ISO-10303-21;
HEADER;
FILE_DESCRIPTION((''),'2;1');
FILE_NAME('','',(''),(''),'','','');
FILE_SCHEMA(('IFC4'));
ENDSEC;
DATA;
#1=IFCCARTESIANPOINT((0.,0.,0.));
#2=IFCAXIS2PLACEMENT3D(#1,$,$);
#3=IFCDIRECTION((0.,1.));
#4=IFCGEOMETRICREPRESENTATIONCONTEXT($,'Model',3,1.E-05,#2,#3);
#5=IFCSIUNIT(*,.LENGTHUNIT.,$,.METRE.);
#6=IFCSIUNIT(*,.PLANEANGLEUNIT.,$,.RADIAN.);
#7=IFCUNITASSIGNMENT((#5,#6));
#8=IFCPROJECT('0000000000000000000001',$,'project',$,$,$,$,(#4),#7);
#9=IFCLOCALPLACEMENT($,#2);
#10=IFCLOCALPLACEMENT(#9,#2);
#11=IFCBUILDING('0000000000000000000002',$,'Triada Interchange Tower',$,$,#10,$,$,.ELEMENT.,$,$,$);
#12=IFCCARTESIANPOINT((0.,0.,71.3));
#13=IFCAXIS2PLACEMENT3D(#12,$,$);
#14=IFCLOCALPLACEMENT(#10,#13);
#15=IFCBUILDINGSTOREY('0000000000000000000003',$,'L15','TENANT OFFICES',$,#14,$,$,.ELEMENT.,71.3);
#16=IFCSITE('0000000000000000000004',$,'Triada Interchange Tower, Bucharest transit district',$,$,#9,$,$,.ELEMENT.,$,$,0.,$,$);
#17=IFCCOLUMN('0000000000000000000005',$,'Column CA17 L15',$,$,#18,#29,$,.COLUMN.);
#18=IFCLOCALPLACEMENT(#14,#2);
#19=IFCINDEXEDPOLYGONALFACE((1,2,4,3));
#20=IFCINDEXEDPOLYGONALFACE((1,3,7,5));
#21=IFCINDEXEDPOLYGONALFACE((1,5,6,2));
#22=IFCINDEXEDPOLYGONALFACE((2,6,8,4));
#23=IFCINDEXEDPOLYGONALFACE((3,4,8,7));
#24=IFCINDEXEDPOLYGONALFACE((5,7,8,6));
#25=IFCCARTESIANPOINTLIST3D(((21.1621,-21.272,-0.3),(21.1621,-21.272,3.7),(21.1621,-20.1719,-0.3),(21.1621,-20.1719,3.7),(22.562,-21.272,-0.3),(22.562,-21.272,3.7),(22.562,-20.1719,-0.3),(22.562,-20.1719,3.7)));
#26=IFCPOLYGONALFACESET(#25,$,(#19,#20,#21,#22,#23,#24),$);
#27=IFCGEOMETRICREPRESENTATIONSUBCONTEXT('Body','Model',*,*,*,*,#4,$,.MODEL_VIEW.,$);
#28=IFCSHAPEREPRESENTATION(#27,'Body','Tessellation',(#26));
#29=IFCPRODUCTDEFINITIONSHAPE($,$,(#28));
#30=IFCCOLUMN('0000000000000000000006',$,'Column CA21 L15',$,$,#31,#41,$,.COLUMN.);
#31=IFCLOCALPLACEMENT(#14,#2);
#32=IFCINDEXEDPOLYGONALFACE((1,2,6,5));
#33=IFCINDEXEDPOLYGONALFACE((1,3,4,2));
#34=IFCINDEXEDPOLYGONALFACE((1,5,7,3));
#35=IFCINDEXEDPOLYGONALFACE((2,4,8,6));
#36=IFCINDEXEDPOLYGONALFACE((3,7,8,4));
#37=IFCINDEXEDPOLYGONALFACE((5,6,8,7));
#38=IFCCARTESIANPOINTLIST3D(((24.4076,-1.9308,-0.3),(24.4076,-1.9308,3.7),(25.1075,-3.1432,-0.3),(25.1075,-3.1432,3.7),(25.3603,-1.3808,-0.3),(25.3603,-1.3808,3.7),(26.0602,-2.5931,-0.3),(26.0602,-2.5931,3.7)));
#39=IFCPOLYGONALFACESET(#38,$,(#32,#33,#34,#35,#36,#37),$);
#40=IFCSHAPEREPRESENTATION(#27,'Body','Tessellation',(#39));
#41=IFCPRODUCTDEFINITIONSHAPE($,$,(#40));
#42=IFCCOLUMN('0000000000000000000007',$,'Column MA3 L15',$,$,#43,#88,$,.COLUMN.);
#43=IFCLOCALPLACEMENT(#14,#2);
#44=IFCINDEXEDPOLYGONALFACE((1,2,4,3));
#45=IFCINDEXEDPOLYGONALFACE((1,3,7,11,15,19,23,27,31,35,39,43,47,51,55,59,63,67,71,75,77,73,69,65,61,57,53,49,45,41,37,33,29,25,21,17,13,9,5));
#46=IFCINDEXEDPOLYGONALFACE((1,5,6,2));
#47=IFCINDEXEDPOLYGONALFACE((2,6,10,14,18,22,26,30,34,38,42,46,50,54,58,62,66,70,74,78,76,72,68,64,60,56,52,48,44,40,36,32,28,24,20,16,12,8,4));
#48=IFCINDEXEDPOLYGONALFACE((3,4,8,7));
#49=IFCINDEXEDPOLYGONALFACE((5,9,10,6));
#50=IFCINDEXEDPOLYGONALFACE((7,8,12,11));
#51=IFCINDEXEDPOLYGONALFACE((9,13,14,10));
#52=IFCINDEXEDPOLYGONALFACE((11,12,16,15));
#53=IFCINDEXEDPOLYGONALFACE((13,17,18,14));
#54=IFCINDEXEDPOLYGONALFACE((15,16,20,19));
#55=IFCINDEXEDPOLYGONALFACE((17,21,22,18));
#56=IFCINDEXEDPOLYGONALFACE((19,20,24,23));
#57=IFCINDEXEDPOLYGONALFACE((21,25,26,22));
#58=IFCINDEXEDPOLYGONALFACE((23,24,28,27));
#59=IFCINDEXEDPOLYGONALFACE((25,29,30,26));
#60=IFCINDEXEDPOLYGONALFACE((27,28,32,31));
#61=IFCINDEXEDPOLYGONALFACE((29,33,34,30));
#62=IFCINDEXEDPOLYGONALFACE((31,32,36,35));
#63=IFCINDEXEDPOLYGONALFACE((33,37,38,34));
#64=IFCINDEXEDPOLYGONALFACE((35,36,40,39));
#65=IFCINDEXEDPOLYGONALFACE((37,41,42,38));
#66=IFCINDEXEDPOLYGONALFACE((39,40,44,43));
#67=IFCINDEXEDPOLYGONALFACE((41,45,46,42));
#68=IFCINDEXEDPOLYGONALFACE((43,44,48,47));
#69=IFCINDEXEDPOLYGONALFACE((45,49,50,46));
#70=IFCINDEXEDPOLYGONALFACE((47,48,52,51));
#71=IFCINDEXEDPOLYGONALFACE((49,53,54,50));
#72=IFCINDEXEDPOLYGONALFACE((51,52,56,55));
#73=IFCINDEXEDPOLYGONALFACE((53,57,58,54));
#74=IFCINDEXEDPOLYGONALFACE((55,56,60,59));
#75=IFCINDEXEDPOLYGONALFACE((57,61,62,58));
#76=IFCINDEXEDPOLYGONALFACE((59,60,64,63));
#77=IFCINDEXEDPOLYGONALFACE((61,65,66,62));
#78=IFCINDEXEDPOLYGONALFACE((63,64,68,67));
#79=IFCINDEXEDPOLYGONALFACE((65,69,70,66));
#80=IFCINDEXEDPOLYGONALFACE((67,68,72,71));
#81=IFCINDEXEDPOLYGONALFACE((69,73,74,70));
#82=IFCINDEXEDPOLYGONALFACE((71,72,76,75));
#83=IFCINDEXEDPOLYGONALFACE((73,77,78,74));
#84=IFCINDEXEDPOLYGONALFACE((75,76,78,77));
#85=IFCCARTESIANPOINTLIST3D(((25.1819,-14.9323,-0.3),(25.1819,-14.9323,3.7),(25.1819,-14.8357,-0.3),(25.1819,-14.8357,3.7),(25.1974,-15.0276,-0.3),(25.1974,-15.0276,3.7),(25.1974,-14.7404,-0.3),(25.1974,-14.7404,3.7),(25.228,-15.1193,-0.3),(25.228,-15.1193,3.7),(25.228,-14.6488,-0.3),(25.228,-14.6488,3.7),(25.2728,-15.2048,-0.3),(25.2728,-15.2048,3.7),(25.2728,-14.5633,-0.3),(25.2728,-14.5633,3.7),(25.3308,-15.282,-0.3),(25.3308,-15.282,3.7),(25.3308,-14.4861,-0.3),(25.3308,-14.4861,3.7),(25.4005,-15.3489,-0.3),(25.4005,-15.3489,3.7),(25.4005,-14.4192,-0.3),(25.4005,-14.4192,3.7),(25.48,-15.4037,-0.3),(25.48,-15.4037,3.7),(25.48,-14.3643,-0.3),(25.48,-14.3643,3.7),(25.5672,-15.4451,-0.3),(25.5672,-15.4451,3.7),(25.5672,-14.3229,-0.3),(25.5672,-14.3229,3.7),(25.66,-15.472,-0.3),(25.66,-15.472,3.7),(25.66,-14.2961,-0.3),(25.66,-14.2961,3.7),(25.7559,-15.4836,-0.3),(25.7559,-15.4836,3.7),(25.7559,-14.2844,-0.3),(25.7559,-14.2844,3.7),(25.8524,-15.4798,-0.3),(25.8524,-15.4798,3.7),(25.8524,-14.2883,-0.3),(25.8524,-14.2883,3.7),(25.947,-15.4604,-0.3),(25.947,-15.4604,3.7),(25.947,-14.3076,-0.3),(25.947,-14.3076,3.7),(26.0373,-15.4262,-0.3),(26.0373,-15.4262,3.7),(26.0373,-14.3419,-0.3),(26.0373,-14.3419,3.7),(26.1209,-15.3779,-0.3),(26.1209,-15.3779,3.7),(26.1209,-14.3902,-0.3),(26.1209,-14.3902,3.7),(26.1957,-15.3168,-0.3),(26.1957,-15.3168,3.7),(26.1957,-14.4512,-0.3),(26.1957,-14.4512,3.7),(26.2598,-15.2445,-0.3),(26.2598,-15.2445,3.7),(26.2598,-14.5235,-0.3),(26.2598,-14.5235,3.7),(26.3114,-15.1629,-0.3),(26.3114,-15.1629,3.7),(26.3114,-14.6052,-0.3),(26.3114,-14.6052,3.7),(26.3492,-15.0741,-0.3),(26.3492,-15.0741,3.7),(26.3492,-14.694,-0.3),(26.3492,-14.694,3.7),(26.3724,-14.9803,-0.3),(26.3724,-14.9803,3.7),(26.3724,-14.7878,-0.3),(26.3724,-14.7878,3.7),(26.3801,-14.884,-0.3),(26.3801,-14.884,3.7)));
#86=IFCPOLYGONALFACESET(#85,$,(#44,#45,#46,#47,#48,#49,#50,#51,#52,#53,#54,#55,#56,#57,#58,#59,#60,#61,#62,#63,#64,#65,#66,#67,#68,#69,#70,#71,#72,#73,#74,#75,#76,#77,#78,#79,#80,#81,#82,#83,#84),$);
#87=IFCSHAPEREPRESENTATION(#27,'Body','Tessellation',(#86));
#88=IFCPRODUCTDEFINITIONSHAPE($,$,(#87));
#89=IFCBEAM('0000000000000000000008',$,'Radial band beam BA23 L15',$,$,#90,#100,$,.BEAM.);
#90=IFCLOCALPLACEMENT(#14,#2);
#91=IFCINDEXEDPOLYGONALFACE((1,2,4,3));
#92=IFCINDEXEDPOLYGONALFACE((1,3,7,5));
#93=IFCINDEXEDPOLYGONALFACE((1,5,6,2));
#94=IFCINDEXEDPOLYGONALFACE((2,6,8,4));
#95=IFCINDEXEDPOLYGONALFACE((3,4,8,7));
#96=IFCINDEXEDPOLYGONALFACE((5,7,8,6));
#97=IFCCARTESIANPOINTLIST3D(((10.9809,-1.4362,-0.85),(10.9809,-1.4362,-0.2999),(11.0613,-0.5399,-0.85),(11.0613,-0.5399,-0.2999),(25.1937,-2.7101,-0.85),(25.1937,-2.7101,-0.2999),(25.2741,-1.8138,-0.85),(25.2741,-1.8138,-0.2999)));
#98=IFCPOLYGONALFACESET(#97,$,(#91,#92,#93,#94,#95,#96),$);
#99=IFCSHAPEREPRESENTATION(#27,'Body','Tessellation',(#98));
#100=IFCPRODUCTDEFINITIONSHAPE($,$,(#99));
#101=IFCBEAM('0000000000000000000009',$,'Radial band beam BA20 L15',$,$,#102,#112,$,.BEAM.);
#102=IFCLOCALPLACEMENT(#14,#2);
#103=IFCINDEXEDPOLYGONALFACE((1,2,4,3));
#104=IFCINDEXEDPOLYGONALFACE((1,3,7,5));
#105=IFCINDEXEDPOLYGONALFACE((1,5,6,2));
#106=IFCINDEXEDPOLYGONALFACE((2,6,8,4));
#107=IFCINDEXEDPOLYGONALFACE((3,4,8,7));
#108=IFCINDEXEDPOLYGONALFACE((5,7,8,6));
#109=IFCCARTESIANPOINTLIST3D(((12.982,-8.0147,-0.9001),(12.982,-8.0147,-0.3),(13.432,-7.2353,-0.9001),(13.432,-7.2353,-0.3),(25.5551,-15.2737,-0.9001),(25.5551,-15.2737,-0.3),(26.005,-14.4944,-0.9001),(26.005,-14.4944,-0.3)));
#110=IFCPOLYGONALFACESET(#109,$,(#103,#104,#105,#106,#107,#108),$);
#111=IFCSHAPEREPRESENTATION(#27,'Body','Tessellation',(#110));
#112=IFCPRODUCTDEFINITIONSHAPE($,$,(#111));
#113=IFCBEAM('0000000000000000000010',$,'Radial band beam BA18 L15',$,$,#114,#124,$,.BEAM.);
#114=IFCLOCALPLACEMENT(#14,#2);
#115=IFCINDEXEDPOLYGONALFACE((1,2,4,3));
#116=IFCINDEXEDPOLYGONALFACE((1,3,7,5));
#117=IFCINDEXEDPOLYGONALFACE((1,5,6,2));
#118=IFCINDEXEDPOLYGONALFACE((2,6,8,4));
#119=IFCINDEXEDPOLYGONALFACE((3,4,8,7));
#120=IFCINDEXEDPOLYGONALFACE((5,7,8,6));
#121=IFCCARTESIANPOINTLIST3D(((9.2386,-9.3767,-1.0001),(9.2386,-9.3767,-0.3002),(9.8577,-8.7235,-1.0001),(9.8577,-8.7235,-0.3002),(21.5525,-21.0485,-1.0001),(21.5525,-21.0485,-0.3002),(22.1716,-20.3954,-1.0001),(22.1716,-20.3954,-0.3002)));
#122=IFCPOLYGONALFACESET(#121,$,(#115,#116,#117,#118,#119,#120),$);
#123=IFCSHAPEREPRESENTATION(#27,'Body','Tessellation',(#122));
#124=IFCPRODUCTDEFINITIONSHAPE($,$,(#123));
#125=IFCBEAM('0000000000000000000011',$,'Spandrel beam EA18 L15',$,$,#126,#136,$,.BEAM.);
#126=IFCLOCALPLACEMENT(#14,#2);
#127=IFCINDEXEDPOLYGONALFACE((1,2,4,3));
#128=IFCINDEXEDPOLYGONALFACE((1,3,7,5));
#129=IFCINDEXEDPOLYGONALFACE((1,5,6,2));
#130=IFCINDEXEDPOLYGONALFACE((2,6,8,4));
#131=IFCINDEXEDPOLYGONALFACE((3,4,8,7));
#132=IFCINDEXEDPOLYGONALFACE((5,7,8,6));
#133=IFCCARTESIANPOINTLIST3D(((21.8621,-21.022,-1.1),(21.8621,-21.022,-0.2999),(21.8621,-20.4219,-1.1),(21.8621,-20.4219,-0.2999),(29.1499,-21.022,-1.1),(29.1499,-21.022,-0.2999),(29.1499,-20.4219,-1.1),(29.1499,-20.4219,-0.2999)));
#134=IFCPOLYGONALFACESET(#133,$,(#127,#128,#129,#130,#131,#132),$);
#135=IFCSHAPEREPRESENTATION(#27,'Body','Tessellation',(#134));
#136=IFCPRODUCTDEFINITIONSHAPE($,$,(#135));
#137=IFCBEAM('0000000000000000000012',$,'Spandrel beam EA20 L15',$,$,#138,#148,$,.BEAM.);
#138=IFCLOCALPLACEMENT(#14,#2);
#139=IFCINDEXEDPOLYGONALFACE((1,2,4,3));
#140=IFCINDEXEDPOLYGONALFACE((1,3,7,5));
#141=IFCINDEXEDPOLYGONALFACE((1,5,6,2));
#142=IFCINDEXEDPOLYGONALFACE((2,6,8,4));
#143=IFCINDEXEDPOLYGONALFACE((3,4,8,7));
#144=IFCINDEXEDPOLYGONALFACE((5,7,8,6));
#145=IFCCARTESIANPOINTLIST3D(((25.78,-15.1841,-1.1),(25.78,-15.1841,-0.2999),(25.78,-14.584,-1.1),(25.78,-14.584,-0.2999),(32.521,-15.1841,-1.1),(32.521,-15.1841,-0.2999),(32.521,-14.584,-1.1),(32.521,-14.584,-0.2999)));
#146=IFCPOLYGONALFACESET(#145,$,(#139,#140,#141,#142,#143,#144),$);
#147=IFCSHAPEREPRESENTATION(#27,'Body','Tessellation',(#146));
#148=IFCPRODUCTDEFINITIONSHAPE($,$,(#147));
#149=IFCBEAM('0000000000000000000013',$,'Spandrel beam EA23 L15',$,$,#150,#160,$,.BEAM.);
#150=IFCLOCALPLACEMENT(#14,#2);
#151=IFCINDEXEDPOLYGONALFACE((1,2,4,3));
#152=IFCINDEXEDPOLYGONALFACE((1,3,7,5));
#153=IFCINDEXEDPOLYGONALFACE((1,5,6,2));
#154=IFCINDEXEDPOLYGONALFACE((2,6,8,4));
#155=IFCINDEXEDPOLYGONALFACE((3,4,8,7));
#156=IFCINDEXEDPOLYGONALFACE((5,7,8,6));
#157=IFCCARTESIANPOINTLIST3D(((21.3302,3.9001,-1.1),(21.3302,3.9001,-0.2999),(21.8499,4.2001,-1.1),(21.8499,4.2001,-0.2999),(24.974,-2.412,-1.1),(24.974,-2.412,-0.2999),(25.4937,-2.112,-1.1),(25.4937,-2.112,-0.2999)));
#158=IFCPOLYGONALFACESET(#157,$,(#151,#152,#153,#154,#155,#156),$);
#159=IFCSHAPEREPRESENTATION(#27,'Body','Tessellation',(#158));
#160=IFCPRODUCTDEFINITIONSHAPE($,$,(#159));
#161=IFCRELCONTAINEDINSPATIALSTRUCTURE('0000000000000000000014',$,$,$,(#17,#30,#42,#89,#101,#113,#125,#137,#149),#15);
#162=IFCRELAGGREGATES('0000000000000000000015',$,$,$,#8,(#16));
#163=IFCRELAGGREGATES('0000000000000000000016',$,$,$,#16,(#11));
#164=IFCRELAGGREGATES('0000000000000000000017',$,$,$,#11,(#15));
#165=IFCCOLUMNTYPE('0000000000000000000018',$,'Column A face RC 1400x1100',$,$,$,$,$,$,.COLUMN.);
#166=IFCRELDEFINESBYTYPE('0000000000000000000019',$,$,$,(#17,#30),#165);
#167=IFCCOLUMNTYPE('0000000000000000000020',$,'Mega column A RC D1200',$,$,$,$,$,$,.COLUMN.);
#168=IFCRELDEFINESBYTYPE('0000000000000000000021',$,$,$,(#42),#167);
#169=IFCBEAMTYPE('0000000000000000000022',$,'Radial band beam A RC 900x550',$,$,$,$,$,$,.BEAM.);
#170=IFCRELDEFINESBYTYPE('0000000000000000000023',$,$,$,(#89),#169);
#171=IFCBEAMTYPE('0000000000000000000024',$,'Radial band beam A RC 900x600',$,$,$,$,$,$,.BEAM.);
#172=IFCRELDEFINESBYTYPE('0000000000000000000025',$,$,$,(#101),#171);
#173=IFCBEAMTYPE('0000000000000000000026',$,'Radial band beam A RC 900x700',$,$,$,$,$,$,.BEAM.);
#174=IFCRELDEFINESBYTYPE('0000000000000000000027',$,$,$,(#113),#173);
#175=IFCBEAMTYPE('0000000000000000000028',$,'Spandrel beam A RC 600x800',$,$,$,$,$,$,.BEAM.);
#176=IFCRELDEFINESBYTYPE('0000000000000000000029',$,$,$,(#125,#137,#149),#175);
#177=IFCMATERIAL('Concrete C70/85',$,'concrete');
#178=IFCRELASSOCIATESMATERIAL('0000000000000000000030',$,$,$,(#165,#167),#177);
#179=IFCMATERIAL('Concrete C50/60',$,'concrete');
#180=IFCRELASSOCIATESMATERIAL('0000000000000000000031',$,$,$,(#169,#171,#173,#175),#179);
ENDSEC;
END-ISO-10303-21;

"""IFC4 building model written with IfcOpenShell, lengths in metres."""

from ifc_helpers import new_model, si_unit, direction, frame, origin, origin_2d, place, context, subcontext, project, spatial, rectangle, circle, extrude, material, material_profile, profile_set, type_object, element, save


model = new_model("IFC4")

# Units and contexts
model_context = context("Model", 3, precision=1e-05, world=origin(), true_north=direction((0.0, 1.0)))
body_context = subcontext(model_context, "Body", "Model", "MODEL_VIEW")
ifc_project = project(units=[si_unit("LENGTHUNIT", "METRE"), si_unit("PLANEANGLEUNIT", "RADIAN")], contexts=[model_context])

# Site, building, storey
site_placement = place(None, origin())
site = spatial("IfcSite", under=ifc_project, at=site_placement, Name="Triada Interchange Tower, Bucharest transit district", CompositionType="ELEMENT", RefElevation=0.0)
building_placement = place(site_placement, origin())
building = spatial("IfcBuilding", under=site, at=building_placement, Name="Triada Interchange Tower", CompositionType="ELEMENT")
storey_placement = place(building_placement, frame((0.0, 0.0, 71.3)))
storey = spatial("IfcBuildingStorey", under=building, at=storey_placement, Name="L15", Description="TENANT OFFICES", CompositionType="ELEMENT", Elevation=71.3)

# Columns
ifc_material_1 = material(Name="Concrete C70/85", Category="concrete")
ifc_material_profile_1 = material_profile(ifc_material_1, rectangle(XDim=1.3999, YDim=1.1001, at=origin_2d()), Name="RC 1400x1100")
ifc_profile_set_1 = profile_set([ifc_material_profile_1], Name="Concrete C70/85")
column_type_1 = type_object("IfcColumnType", Name="Column A face RC 1400x1100", PredefinedType="COLUMN", material=ifc_profile_set_1)
for number, where, z_axis, x_axis, name in (
    (1, (21.8621, -20.7219, -0.3), (0.0, 0.0, 1.0), (1.0, 0.0, 0.0), "Column CA17 L15"),
    (2, (25.2339, -2.262, -0.3), (0.0, 0.0, 1.0), (-0.5, 0.866025, 0.0), "Column CA21 L15"),
):
    element("IfcColumn", number, at=place(storey_placement, frame(where, z_axis=z_axis, x_axis=x_axis)), inside=storey, type_object=column_type_1, Name=name, PredefinedType="COLUMN", context=body_context, shape_type="SweptSolid", body=[
        extrude(rectangle(XDim=1.3999, YDim=1.1001, at=origin_2d()), origin(), (0.0, 0.0, 1.0), 4.0),
    ])
ifc_material_profile_2 = material_profile(ifc_material_1, circle(Radius=0.6001, at=origin_2d()), Name="RC D1200")
ifc_profile_set_2 = profile_set([ifc_material_profile_2], Name="Concrete C70/85")
column_type_2 = type_object("IfcColumnType", Name="Mega column A RC D1200", PredefinedType="COLUMN", material=ifc_profile_set_2)
column_placement = place(storey_placement, frame((25.78, -14.884, -0.3), z_axis=(0.0, 0.0, 1.0), x_axis=(1.0, 0.0, 0.0)))
element("IfcColumn", 3, at=column_placement, inside=storey, type_object=column_type_2, Name="Column MA3 L15", PredefinedType="COLUMN", context=body_context, shape_type="SweptSolid", body=[
    extrude(circle(Radius=0.6001, at=origin_2d()), origin(), (0.0, 0.0, 1.0), 4.0),
])

# Beams
ifc_material_2 = material(Name="Concrete C50/60", Category="concrete")
ifc_material_profile_3 = material_profile(ifc_material_2, rectangle(XDim=0.8999, YDim=0.55, at=origin_2d()), Name="RC 900x550")
ifc_profile_set_3 = profile_set([ifc_material_profile_3], Name="Concrete C50/60")
beam_type_1 = type_object("IfcBeamType", Name="Radial band beam A RC 900x550", PredefinedType="BEAM", material=ifc_profile_set_3)
beam_1_placement = place(storey_placement, frame((25.2339, -2.262, -0.575), z_axis=(-0.996007, 0.089274, 0.0), x_axis=(-0.089274, -0.996007, 0.0)))
element("IfcBeam", 4, at=beam_1_placement, inside=storey, type_object=beam_type_1, Name="Radial band beam BA23 L15", PredefinedType="BEAM", context=body_context, shape_type="SweptSolid", body=[
    extrude(rectangle(XDim=0.8999, YDim=0.55, at=origin_2d()), origin(), (0.0, 0.0, 1.0), 14.2698),
])
ifc_material_profile_4 = material_profile(ifc_material_2, rectangle(XDim=0.8999, YDim=0.6001, at=origin_2d()), Name="RC 900x600")
ifc_profile_set_4 = profile_set([ifc_material_profile_4], Name="Concrete C50/60")
beam_type_2 = type_object("IfcBeamType", Name="Radial band beam A RC 900x600", PredefinedType="BEAM", material=ifc_profile_set_4)
beam_2_placement = place(storey_placement, frame((25.78, -14.884, -0.6001), z_axis=(-0.866025, 0.5, 0.0), x_axis=(-0.5, -0.866025, 0.0)))
element("IfcBeam", 5, at=beam_2_placement, inside=storey, type_object=beam_type_2, Name="Radial band beam BA20 L15", PredefinedType="BEAM", context=body_context, shape_type="SweptSolid", body=[
    extrude(rectangle(XDim=0.8999, YDim=0.6001, at=origin_2d()), origin(), (0.0, 0.0, 1.0), 14.5181),
])
ifc_material_profile_5 = material_profile(ifc_material_2, rectangle(XDim=0.8999, YDim=0.7, at=origin_2d()), Name="RC 900x700")
ifc_profile_set_5 = profile_set([ifc_material_profile_5], Name="Concrete C50/60")
beam_type_3 = type_object("IfcBeamType", Name="Radial band beam A RC 900x700", PredefinedType="BEAM", material=ifc_profile_set_5)
beam_3_placement = place(storey_placement, frame((21.8621, -20.7219, -0.6501), z_axis=(-0.725776, 0.687931, 0.0), x_axis=(-0.687931, -0.725776, 0.0)))
element("IfcBeam", 6, at=beam_3_placement, inside=storey, type_object=beam_type_3, Name="Radial band beam BA18 L15", PredefinedType="BEAM", context=body_context, shape_type="SweptSolid", body=[
    extrude(rectangle(XDim=0.8999, YDim=0.7, at=origin_2d()), origin(), (0.0, 0.0, 1.0), 16.9666),
])
ifc_material_profile_6 = material_profile(ifc_material_2, rectangle(XDim=0.6001, YDim=0.8, at=origin_2d()), Name="RC 600x800")
ifc_profile_set_6 = profile_set([ifc_material_profile_6], Name="Concrete C50/60")
beam_type_4 = type_object("IfcBeamType", Name="Spandrel beam A RC 600x800", PredefinedType="BEAM", material=ifc_profile_set_6)
beam_4_placement = place(storey_placement, frame((21.8621, -20.7219, -0.7), z_axis=(1.0, 0.0, 0.0), x_axis=(0.0, 1.0, 0.0)))
element("IfcBeam", 7, at=beam_4_placement, inside=storey, type_object=beam_type_4, Name="Spandrel beam EA18 L15", PredefinedType="BEAM", context=body_context, shape_type="SweptSolid", body=[
    extrude(rectangle(XDim=0.6001, YDim=0.8, at=origin_2d()), origin(), (0.0, 0.0, 1.0), 7.2878),
])
beam_5_placement = place(storey_placement, frame((25.78, -14.884, -0.7), z_axis=(1.0, 0.0, 0.0), x_axis=(0.0, 1.0, 0.0)))
element("IfcBeam", 8, at=beam_5_placement, inside=storey, type_object=beam_type_4, Name="Spandrel beam EA20 L15", PredefinedType="BEAM", context=body_context, shape_type="SweptSolid", body=[
    extrude(rectangle(XDim=0.6001, YDim=0.8, at=origin_2d()), origin(), (0.0, 0.0, 1.0), 6.741),
])
beam_6_placement = place(storey_placement, frame((25.2339, -2.262, -0.7), z_axis=(-0.499954, 0.866052, 0.0), x_axis=(-0.866052, -0.499954, 0.0)))
element("IfcBeam", 9, at=beam_6_placement, inside=storey, type_object=beam_type_4, Name="Spandrel beam EA23 L15", PredefinedType="BEAM", context=body_context, shape_type="SweptSolid", body=[
    extrude(rectangle(XDim=0.6001, YDim=0.8, at=origin_2d()), origin(), (0.0, 0.0, 1.0), 7.2883),
])

save(model, "model.ifc")
